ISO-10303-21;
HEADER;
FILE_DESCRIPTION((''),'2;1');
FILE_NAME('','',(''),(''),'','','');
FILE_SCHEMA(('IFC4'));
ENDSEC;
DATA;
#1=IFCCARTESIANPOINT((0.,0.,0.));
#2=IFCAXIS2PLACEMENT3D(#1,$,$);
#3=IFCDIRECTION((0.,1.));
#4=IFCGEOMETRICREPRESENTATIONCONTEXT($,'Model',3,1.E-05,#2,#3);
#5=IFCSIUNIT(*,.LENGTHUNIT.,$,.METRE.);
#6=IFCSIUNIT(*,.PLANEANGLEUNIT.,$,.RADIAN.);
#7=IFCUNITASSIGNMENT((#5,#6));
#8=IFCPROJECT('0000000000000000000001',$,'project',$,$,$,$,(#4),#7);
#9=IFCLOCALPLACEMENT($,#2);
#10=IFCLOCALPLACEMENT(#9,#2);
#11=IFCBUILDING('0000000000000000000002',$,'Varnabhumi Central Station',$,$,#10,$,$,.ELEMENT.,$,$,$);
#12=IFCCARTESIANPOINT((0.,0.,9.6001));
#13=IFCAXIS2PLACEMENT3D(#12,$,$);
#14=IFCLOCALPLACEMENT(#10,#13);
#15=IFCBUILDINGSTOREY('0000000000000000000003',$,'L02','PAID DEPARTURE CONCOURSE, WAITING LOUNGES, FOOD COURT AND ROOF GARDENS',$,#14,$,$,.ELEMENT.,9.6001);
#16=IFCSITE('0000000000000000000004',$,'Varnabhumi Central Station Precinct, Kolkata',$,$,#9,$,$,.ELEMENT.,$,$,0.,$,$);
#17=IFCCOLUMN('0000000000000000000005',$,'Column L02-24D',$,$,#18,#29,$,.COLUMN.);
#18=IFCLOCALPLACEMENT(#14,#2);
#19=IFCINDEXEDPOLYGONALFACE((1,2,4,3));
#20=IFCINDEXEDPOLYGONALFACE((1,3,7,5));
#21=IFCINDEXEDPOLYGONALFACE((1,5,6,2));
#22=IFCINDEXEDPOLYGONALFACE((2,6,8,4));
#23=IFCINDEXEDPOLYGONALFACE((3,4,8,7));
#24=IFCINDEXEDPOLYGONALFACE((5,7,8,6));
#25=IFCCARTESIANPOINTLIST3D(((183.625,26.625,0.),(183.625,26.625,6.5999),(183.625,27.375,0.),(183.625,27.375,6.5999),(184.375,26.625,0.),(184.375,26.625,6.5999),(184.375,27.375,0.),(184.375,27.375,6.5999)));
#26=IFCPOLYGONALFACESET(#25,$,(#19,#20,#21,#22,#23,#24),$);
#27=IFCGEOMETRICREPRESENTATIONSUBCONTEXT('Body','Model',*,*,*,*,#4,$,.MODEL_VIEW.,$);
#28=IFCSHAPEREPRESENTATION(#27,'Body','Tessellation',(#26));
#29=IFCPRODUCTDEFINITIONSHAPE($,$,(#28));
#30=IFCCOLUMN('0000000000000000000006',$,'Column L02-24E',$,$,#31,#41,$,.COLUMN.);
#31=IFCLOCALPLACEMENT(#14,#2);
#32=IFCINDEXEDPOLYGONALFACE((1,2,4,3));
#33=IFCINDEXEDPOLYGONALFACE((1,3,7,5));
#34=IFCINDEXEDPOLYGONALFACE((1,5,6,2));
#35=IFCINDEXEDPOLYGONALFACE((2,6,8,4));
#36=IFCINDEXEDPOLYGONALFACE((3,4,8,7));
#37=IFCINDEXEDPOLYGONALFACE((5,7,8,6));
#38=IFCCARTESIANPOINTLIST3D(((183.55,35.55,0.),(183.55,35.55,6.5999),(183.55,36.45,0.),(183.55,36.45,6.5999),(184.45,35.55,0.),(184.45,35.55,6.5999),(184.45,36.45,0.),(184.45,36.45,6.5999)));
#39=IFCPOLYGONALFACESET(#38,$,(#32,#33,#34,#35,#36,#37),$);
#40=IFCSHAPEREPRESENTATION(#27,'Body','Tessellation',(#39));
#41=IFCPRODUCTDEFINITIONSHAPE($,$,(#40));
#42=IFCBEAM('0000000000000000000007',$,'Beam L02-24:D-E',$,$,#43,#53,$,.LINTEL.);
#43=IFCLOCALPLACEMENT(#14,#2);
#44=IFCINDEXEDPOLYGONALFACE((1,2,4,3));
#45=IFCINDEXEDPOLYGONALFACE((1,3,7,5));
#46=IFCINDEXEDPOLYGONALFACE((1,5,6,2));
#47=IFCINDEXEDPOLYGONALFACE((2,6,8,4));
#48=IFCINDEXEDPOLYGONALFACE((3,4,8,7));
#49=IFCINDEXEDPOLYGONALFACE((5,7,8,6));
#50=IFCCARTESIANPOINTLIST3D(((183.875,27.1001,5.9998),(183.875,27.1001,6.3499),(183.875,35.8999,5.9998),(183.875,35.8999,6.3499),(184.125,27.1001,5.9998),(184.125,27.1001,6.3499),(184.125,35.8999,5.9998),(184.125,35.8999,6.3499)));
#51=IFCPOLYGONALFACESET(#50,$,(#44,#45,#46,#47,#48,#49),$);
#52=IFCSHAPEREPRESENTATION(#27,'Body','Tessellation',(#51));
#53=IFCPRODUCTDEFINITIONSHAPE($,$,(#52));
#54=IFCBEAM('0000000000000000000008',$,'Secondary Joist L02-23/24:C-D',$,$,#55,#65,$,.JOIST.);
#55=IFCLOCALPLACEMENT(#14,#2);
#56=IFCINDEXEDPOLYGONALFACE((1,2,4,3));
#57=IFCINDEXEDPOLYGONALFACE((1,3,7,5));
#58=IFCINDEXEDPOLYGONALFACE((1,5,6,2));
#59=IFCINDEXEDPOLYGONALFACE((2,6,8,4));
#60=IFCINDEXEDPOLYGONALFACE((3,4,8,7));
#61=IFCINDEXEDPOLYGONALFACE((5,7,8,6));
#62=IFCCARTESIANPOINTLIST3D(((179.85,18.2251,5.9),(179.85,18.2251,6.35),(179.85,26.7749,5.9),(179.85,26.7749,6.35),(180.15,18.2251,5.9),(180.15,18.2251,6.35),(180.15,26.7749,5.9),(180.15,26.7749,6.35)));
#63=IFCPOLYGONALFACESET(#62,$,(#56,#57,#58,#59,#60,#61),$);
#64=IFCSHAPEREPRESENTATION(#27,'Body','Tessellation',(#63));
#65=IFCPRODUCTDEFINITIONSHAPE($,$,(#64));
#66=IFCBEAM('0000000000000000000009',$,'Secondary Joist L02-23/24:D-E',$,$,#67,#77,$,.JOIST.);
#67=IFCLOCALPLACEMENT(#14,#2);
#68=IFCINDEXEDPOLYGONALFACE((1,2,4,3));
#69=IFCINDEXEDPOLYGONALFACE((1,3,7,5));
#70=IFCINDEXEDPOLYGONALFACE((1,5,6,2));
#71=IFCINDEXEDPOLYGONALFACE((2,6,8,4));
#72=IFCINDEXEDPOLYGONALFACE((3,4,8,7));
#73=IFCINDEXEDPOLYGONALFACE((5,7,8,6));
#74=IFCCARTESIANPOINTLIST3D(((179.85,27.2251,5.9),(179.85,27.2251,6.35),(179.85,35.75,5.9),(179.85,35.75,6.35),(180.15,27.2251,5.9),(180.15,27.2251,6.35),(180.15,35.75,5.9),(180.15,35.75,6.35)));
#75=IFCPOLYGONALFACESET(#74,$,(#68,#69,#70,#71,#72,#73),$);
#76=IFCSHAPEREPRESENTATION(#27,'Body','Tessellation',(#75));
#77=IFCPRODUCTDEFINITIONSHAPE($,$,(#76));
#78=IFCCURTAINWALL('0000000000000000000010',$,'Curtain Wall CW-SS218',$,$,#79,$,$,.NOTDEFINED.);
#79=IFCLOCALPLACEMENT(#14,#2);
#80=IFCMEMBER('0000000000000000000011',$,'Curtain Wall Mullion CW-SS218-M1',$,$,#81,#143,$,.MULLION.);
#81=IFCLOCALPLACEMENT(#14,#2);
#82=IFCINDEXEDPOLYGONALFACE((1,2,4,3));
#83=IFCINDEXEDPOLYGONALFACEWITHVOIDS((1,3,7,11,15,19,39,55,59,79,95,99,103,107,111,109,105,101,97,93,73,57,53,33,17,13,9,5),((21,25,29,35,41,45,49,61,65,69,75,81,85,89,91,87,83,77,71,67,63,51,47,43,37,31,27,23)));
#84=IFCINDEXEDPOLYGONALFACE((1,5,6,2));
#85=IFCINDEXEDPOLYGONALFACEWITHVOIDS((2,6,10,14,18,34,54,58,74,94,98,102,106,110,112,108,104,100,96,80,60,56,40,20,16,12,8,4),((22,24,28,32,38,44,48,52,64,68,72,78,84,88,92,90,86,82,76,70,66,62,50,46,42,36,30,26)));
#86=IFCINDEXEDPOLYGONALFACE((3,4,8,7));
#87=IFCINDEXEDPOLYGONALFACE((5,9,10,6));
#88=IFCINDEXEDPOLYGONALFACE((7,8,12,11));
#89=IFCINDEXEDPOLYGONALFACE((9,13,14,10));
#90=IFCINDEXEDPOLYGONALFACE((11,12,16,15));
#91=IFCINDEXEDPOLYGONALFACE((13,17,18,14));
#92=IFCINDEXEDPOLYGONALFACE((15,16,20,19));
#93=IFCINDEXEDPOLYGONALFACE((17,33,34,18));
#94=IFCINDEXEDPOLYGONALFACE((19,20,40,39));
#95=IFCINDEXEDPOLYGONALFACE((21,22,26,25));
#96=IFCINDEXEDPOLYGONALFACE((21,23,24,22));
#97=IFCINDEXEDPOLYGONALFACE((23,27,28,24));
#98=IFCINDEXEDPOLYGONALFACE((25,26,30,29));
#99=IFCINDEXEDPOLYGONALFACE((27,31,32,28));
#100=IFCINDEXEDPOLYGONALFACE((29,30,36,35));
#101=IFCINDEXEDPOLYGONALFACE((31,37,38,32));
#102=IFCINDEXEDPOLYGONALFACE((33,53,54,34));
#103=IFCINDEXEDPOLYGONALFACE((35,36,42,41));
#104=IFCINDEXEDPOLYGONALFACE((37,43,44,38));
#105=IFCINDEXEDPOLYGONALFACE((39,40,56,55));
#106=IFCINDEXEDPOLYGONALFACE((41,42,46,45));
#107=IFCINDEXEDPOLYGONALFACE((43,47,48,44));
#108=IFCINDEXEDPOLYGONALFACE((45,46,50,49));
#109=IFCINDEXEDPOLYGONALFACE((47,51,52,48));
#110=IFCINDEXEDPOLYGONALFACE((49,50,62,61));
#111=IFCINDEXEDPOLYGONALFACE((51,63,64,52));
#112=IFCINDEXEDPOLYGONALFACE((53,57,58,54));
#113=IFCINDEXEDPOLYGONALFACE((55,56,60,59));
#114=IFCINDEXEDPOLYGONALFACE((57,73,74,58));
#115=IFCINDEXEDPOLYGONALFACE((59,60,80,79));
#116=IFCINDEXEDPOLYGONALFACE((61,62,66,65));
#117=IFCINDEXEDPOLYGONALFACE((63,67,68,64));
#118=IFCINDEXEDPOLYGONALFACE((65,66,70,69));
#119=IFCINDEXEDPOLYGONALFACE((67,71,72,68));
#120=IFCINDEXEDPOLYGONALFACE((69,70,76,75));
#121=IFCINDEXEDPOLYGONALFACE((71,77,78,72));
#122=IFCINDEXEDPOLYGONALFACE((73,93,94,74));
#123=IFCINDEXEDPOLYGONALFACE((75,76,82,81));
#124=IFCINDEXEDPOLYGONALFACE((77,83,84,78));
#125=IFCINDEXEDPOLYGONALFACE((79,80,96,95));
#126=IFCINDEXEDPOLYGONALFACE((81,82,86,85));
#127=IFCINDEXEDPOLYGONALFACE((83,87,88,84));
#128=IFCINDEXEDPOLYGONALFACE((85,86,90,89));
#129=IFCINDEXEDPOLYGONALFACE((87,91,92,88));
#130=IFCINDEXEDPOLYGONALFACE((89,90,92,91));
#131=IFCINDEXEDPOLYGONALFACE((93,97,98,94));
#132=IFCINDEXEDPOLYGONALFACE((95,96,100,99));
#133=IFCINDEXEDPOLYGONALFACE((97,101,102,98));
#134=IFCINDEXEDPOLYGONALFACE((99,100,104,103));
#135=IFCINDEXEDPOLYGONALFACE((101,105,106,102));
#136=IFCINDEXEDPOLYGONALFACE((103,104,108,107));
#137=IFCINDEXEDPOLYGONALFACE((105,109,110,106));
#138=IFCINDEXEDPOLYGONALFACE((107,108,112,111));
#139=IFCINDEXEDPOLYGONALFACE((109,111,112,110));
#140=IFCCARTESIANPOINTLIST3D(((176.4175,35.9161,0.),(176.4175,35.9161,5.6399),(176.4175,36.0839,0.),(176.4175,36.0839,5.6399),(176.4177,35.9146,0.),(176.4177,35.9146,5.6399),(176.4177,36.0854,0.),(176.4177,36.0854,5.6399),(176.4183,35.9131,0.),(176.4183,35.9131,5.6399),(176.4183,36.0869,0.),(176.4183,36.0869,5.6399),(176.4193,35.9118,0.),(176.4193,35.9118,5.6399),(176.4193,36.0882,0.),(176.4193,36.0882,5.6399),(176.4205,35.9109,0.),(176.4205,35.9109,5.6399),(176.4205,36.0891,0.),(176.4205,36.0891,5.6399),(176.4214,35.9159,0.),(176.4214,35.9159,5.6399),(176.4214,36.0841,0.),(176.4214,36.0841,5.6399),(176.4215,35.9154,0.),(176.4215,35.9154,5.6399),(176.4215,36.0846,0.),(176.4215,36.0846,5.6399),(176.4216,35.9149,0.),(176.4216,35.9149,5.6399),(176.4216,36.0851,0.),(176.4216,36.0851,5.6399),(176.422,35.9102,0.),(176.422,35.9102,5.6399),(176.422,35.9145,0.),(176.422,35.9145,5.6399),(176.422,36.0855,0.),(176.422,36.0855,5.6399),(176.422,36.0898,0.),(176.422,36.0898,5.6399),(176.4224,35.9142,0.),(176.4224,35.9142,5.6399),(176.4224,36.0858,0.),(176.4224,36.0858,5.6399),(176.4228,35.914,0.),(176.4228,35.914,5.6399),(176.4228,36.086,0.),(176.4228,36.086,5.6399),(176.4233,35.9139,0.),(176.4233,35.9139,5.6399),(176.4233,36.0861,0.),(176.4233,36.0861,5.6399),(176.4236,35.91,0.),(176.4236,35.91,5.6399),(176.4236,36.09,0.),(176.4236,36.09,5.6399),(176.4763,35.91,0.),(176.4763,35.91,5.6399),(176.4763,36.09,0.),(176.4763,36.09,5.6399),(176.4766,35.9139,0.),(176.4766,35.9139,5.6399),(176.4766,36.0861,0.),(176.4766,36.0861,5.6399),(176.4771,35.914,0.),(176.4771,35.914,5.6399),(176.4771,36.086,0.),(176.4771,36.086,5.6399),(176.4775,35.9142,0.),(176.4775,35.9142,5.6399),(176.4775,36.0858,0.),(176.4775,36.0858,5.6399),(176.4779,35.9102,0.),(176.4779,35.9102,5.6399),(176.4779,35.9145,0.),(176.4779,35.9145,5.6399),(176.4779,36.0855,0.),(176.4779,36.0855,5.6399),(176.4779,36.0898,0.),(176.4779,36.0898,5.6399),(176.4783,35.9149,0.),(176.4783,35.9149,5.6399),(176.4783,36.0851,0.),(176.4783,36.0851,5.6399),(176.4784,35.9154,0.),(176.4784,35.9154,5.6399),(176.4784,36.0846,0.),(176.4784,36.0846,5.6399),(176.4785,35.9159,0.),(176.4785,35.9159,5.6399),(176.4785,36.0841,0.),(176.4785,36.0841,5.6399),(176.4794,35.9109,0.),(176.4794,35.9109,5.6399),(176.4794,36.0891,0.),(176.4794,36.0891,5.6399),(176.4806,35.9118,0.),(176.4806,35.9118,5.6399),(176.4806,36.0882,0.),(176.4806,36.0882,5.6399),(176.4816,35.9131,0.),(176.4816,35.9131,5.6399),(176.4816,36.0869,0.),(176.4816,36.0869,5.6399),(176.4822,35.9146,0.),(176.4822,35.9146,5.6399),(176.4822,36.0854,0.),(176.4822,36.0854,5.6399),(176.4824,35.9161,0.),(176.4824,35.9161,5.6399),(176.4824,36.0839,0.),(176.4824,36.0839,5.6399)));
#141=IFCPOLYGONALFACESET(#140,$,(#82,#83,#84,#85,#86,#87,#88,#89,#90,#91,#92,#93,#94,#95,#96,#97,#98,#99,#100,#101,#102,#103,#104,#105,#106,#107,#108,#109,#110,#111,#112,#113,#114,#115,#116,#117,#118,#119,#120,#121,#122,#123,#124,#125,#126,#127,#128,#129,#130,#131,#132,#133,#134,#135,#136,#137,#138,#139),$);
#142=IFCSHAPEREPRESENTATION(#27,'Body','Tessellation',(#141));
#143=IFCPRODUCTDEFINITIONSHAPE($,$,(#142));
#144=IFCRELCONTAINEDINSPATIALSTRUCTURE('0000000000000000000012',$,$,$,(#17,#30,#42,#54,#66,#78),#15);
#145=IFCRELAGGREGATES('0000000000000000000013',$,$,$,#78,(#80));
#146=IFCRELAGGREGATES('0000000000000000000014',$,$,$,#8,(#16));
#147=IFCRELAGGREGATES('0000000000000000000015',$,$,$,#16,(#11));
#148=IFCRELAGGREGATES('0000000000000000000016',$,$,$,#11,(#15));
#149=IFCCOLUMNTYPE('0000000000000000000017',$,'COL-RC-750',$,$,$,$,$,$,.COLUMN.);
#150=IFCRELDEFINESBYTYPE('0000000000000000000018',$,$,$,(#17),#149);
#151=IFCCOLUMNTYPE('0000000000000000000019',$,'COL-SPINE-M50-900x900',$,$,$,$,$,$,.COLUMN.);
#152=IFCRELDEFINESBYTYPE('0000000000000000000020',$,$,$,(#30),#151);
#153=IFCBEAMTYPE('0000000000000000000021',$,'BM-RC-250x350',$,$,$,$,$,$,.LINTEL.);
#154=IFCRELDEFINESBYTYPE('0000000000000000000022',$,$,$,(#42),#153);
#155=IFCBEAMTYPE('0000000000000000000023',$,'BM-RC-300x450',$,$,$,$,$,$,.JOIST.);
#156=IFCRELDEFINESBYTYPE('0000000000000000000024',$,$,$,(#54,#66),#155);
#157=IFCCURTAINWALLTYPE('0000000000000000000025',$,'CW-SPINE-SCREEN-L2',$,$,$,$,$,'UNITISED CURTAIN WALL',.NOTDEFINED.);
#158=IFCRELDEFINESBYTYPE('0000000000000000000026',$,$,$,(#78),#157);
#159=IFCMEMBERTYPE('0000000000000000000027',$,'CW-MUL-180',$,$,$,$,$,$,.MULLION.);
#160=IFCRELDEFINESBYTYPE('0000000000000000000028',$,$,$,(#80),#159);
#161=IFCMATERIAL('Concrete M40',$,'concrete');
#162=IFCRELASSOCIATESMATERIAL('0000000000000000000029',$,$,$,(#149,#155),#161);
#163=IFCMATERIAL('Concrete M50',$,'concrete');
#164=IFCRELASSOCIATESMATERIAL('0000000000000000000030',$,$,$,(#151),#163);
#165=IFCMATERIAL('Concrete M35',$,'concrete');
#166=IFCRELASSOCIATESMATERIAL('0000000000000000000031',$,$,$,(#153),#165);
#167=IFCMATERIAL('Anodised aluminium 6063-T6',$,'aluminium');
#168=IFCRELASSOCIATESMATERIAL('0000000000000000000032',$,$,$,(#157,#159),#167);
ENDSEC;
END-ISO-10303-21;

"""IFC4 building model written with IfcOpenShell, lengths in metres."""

from ifc_helpers import new_model, si_unit, direction, frame, origin, origin_2d, place, context, subcontext, project, spatial, rectangle, hollow_rectangle, extrude, material, material_profile, profile_set, type_object, element, aggregate, save


model = new_model("IFC4")

# Units and contexts
model_context = context("Model", 3, precision=1e-05, world=origin(), true_north=direction((0.0, 1.0)))
body_context = subcontext(model_context, "Body", "Model", "MODEL_VIEW")
ifc_project = project(units=[si_unit("LENGTHUNIT", "METRE"), si_unit("PLANEANGLEUNIT", "RADIAN")], contexts=[model_context])

# Site, building, storey
site_placement = place(None, origin())
site = spatial("IfcSite", under=ifc_project, at=site_placement, Name="Varnabhumi Central Station Precinct, Kolkata", CompositionType="ELEMENT", RefElevation=0.0)
building_placement = place(site_placement, origin())
building = spatial("IfcBuilding", under=site, at=building_placement, Name="Varnabhumi Central Station", CompositionType="ELEMENT")
storey_placement = place(building_placement, frame((0.0, 0.0, 9.6001)))
storey = spatial("IfcBuildingStorey", under=building, at=storey_placement, Name="L02", Description="PAID DEPARTURE CONCOURSE, WAITING LOUNGES, FOOD COURT AND ROOF GARDENS", CompositionType="ELEMENT", Elevation=9.6001)

# Columns
ifc_material_1 = material(Name="Concrete M40", Category="concrete")
ifc_material_profile_1 = material_profile(ifc_material_1, rectangle(XDim=0.75, YDim=0.75, at=origin_2d()), Name="Concrete M40", Category="concrete")
ifc_profile_set_1 = profile_set([ifc_material_profile_1], Name="Concrete M40")
column_type_1 = type_object("IfcColumnType", Name="COL-RC-750", PredefinedType="COLUMN", material=ifc_profile_set_1)
column_1_placement = place(storey_placement, frame((184.0, 27.0, 0.0), z_axis=(0.0, 0.0, 1.0), x_axis=(1.0, 0.0, 0.0)))
element("IfcColumn", 1, at=column_1_placement, inside=storey, type_object=column_type_1, Name="Column L02-24D", PredefinedType="COLUMN", context=body_context, shape_type="SweptSolid", body=[
    extrude(rectangle(XDim=0.75, YDim=0.75, at=origin_2d()), origin(), (0.0, 0.0, 1.0), 6.5999),
])
ifc_material_2 = material(Name="Concrete M50", Category="concrete")
ifc_material_profile_2 = material_profile(ifc_material_2, rectangle(XDim=0.8999, YDim=0.8999, at=origin_2d()), Name="Concrete M50", Category="concrete")
ifc_profile_set_2 = profile_set([ifc_material_profile_2], Name="Concrete M50")
column_type_2 = type_object("IfcColumnType", Name="COL-SPINE-M50-900x900", PredefinedType="COLUMN", material=ifc_profile_set_2)
column_2_placement = place(storey_placement, frame((184.0, 36.0, 0.0), z_axis=(0.0, 0.0, 1.0), x_axis=(1.0, 0.0, 0.0)))
element("IfcColumn", 2, at=column_2_placement, inside=storey, type_object=column_type_2, Name="Column L02-24E", PredefinedType="COLUMN", context=body_context, shape_type="SweptSolid", body=[
    extrude(rectangle(XDim=0.8999, YDim=0.8999, at=origin_2d()), origin(), (0.0, 0.0, 1.0), 6.5999),
])

# Beams
ifc_material_3 = material(Name="Concrete M35", Category="concrete")
ifc_material_profile_3 = material_profile(ifc_material_3, rectangle(XDim=0.25, YDim=0.3501, at=origin_2d()), Name="Concrete M35", Category="concrete")
ifc_profile_set_3 = profile_set([ifc_material_profile_3], Name="Concrete M35")
beam_type_1 = type_object("IfcBeamType", Name="BM-RC-250x350", PredefinedType="LINTEL", material=ifc_profile_set_3)
beam_1_placement = place(storey_placement, frame((184.0, 27.1001, 6.1748), z_axis=(0.0, 1.0, 0.0), x_axis=(-1.0, 0.0, 0.0)))
element("IfcBeam", 3, at=beam_1_placement, inside=storey, type_object=beam_type_1, Name="Beam L02-24:D-E", PredefinedType="LINTEL", context=body_context, shape_type="SweptSolid", body=[
    extrude(rectangle(XDim=0.25, YDim=0.3501, at=origin_2d()), origin(), (0.0, 0.0, 1.0), 8.7998),
])
ifc_material_profile_4 = material_profile(ifc_material_1, rectangle(XDim=0.3, YDim=0.45, at=origin_2d()), Name="Concrete M40", Category="concrete")
ifc_profile_set_4 = profile_set([ifc_material_profile_4], Name="Concrete M40")
beam_type_2 = type_object("IfcBeamType", Name="BM-RC-300x450", PredefinedType="JOIST", material=ifc_profile_set_4)
beam_2_placement = place(storey_placement, frame((180.0, 18.2251, 6.125), z_axis=(0.0, 1.0, 0.0), x_axis=(-1.0, 0.0, 0.0)))
element("IfcBeam", 4, at=beam_2_placement, inside=storey, type_object=beam_type_2, Name="Secondary Joist L02-23/24:C-D", PredefinedType="JOIST", context=body_context, shape_type="SweptSolid", body=[
    extrude(rectangle(XDim=0.3, YDim=0.45, at=origin_2d()), origin(), (0.0, 0.0, 1.0), 8.5498),
])
beam_3_placement = place(storey_placement, frame((180.0, 27.2251, 6.125), z_axis=(0.0, 1.0, 0.0), x_axis=(-1.0, 0.0, 0.0)))
element("IfcBeam", 5, at=beam_3_placement, inside=storey, type_object=beam_type_2, Name="Secondary Joist L02-23/24:D-E", PredefinedType="JOIST", context=body_context, shape_type="SweptSolid", body=[
    extrude(rectangle(XDim=0.3, YDim=0.45, at=origin_2d()), origin(), (0.0, 0.0, 1.0), 8.5249),
])

# Curtain wall, member
ifc_material_4 = material(Name="Anodised aluminium 6063-T6", Category="aluminium")
curtain_wall_type_1 = type_object("IfcCurtainWallType", Name="CW-SPINE-SCREEN-L2", ElementType="UNITISED CURTAIN WALL", PredefinedType="NOTDEFINED", material=ifc_material_4)
curtain_wall_1_placement = place(storey_placement, origin())
curtain_wall_1 = element("IfcCurtainWall", 6, at=curtain_wall_1_placement, inside=storey, type_object=curtain_wall_type_1, Name="Curtain Wall CW-SS218", PredefinedType="NOTDEFINED")
ifc_material_profile_5 = material_profile(ifc_material_4, hollow_rectangle(XDim=0.0649, YDim=0.1799, WallThickness=0.0039, InnerFilletRadius=0.002, OuterFilletRadius=0.0061, at=origin_2d()), Name="Anodised aluminium 6063-T6", Category="aluminium")
ifc_profile_set_5 = profile_set([ifc_material_profile_5], Name="Anodised aluminium 6063-T6")
member_type_1 = type_object("IfcMemberType", Name="CW-MUL-180", PredefinedType="MULLION", material=ifc_profile_set_5)
member_1_placement = place(storey_placement, frame((176.45, 36.0, 0.0), z_axis=(0.0, 0.0, 1.0), x_axis=(1.0, 0.0, 0.0)))
member_1 = element("IfcMember", 7, at=member_1_placement, type_object=member_type_1, Name="Curtain Wall Mullion CW-SS218-M1", PredefinedType="MULLION", context=body_context, shape_type="SweptSolid", body=[
    extrude(hollow_rectangle(XDim=0.0649, YDim=0.1799, WallThickness=0.0039, InnerFilletRadius=0.002, OuterFilletRadius=0.0061, at=origin_2d()), origin(), (0.0, 0.0, 1.0), 5.6399),
])

aggregate(curtain_wall_1, [member_1])

save(model, "model.ifc")
